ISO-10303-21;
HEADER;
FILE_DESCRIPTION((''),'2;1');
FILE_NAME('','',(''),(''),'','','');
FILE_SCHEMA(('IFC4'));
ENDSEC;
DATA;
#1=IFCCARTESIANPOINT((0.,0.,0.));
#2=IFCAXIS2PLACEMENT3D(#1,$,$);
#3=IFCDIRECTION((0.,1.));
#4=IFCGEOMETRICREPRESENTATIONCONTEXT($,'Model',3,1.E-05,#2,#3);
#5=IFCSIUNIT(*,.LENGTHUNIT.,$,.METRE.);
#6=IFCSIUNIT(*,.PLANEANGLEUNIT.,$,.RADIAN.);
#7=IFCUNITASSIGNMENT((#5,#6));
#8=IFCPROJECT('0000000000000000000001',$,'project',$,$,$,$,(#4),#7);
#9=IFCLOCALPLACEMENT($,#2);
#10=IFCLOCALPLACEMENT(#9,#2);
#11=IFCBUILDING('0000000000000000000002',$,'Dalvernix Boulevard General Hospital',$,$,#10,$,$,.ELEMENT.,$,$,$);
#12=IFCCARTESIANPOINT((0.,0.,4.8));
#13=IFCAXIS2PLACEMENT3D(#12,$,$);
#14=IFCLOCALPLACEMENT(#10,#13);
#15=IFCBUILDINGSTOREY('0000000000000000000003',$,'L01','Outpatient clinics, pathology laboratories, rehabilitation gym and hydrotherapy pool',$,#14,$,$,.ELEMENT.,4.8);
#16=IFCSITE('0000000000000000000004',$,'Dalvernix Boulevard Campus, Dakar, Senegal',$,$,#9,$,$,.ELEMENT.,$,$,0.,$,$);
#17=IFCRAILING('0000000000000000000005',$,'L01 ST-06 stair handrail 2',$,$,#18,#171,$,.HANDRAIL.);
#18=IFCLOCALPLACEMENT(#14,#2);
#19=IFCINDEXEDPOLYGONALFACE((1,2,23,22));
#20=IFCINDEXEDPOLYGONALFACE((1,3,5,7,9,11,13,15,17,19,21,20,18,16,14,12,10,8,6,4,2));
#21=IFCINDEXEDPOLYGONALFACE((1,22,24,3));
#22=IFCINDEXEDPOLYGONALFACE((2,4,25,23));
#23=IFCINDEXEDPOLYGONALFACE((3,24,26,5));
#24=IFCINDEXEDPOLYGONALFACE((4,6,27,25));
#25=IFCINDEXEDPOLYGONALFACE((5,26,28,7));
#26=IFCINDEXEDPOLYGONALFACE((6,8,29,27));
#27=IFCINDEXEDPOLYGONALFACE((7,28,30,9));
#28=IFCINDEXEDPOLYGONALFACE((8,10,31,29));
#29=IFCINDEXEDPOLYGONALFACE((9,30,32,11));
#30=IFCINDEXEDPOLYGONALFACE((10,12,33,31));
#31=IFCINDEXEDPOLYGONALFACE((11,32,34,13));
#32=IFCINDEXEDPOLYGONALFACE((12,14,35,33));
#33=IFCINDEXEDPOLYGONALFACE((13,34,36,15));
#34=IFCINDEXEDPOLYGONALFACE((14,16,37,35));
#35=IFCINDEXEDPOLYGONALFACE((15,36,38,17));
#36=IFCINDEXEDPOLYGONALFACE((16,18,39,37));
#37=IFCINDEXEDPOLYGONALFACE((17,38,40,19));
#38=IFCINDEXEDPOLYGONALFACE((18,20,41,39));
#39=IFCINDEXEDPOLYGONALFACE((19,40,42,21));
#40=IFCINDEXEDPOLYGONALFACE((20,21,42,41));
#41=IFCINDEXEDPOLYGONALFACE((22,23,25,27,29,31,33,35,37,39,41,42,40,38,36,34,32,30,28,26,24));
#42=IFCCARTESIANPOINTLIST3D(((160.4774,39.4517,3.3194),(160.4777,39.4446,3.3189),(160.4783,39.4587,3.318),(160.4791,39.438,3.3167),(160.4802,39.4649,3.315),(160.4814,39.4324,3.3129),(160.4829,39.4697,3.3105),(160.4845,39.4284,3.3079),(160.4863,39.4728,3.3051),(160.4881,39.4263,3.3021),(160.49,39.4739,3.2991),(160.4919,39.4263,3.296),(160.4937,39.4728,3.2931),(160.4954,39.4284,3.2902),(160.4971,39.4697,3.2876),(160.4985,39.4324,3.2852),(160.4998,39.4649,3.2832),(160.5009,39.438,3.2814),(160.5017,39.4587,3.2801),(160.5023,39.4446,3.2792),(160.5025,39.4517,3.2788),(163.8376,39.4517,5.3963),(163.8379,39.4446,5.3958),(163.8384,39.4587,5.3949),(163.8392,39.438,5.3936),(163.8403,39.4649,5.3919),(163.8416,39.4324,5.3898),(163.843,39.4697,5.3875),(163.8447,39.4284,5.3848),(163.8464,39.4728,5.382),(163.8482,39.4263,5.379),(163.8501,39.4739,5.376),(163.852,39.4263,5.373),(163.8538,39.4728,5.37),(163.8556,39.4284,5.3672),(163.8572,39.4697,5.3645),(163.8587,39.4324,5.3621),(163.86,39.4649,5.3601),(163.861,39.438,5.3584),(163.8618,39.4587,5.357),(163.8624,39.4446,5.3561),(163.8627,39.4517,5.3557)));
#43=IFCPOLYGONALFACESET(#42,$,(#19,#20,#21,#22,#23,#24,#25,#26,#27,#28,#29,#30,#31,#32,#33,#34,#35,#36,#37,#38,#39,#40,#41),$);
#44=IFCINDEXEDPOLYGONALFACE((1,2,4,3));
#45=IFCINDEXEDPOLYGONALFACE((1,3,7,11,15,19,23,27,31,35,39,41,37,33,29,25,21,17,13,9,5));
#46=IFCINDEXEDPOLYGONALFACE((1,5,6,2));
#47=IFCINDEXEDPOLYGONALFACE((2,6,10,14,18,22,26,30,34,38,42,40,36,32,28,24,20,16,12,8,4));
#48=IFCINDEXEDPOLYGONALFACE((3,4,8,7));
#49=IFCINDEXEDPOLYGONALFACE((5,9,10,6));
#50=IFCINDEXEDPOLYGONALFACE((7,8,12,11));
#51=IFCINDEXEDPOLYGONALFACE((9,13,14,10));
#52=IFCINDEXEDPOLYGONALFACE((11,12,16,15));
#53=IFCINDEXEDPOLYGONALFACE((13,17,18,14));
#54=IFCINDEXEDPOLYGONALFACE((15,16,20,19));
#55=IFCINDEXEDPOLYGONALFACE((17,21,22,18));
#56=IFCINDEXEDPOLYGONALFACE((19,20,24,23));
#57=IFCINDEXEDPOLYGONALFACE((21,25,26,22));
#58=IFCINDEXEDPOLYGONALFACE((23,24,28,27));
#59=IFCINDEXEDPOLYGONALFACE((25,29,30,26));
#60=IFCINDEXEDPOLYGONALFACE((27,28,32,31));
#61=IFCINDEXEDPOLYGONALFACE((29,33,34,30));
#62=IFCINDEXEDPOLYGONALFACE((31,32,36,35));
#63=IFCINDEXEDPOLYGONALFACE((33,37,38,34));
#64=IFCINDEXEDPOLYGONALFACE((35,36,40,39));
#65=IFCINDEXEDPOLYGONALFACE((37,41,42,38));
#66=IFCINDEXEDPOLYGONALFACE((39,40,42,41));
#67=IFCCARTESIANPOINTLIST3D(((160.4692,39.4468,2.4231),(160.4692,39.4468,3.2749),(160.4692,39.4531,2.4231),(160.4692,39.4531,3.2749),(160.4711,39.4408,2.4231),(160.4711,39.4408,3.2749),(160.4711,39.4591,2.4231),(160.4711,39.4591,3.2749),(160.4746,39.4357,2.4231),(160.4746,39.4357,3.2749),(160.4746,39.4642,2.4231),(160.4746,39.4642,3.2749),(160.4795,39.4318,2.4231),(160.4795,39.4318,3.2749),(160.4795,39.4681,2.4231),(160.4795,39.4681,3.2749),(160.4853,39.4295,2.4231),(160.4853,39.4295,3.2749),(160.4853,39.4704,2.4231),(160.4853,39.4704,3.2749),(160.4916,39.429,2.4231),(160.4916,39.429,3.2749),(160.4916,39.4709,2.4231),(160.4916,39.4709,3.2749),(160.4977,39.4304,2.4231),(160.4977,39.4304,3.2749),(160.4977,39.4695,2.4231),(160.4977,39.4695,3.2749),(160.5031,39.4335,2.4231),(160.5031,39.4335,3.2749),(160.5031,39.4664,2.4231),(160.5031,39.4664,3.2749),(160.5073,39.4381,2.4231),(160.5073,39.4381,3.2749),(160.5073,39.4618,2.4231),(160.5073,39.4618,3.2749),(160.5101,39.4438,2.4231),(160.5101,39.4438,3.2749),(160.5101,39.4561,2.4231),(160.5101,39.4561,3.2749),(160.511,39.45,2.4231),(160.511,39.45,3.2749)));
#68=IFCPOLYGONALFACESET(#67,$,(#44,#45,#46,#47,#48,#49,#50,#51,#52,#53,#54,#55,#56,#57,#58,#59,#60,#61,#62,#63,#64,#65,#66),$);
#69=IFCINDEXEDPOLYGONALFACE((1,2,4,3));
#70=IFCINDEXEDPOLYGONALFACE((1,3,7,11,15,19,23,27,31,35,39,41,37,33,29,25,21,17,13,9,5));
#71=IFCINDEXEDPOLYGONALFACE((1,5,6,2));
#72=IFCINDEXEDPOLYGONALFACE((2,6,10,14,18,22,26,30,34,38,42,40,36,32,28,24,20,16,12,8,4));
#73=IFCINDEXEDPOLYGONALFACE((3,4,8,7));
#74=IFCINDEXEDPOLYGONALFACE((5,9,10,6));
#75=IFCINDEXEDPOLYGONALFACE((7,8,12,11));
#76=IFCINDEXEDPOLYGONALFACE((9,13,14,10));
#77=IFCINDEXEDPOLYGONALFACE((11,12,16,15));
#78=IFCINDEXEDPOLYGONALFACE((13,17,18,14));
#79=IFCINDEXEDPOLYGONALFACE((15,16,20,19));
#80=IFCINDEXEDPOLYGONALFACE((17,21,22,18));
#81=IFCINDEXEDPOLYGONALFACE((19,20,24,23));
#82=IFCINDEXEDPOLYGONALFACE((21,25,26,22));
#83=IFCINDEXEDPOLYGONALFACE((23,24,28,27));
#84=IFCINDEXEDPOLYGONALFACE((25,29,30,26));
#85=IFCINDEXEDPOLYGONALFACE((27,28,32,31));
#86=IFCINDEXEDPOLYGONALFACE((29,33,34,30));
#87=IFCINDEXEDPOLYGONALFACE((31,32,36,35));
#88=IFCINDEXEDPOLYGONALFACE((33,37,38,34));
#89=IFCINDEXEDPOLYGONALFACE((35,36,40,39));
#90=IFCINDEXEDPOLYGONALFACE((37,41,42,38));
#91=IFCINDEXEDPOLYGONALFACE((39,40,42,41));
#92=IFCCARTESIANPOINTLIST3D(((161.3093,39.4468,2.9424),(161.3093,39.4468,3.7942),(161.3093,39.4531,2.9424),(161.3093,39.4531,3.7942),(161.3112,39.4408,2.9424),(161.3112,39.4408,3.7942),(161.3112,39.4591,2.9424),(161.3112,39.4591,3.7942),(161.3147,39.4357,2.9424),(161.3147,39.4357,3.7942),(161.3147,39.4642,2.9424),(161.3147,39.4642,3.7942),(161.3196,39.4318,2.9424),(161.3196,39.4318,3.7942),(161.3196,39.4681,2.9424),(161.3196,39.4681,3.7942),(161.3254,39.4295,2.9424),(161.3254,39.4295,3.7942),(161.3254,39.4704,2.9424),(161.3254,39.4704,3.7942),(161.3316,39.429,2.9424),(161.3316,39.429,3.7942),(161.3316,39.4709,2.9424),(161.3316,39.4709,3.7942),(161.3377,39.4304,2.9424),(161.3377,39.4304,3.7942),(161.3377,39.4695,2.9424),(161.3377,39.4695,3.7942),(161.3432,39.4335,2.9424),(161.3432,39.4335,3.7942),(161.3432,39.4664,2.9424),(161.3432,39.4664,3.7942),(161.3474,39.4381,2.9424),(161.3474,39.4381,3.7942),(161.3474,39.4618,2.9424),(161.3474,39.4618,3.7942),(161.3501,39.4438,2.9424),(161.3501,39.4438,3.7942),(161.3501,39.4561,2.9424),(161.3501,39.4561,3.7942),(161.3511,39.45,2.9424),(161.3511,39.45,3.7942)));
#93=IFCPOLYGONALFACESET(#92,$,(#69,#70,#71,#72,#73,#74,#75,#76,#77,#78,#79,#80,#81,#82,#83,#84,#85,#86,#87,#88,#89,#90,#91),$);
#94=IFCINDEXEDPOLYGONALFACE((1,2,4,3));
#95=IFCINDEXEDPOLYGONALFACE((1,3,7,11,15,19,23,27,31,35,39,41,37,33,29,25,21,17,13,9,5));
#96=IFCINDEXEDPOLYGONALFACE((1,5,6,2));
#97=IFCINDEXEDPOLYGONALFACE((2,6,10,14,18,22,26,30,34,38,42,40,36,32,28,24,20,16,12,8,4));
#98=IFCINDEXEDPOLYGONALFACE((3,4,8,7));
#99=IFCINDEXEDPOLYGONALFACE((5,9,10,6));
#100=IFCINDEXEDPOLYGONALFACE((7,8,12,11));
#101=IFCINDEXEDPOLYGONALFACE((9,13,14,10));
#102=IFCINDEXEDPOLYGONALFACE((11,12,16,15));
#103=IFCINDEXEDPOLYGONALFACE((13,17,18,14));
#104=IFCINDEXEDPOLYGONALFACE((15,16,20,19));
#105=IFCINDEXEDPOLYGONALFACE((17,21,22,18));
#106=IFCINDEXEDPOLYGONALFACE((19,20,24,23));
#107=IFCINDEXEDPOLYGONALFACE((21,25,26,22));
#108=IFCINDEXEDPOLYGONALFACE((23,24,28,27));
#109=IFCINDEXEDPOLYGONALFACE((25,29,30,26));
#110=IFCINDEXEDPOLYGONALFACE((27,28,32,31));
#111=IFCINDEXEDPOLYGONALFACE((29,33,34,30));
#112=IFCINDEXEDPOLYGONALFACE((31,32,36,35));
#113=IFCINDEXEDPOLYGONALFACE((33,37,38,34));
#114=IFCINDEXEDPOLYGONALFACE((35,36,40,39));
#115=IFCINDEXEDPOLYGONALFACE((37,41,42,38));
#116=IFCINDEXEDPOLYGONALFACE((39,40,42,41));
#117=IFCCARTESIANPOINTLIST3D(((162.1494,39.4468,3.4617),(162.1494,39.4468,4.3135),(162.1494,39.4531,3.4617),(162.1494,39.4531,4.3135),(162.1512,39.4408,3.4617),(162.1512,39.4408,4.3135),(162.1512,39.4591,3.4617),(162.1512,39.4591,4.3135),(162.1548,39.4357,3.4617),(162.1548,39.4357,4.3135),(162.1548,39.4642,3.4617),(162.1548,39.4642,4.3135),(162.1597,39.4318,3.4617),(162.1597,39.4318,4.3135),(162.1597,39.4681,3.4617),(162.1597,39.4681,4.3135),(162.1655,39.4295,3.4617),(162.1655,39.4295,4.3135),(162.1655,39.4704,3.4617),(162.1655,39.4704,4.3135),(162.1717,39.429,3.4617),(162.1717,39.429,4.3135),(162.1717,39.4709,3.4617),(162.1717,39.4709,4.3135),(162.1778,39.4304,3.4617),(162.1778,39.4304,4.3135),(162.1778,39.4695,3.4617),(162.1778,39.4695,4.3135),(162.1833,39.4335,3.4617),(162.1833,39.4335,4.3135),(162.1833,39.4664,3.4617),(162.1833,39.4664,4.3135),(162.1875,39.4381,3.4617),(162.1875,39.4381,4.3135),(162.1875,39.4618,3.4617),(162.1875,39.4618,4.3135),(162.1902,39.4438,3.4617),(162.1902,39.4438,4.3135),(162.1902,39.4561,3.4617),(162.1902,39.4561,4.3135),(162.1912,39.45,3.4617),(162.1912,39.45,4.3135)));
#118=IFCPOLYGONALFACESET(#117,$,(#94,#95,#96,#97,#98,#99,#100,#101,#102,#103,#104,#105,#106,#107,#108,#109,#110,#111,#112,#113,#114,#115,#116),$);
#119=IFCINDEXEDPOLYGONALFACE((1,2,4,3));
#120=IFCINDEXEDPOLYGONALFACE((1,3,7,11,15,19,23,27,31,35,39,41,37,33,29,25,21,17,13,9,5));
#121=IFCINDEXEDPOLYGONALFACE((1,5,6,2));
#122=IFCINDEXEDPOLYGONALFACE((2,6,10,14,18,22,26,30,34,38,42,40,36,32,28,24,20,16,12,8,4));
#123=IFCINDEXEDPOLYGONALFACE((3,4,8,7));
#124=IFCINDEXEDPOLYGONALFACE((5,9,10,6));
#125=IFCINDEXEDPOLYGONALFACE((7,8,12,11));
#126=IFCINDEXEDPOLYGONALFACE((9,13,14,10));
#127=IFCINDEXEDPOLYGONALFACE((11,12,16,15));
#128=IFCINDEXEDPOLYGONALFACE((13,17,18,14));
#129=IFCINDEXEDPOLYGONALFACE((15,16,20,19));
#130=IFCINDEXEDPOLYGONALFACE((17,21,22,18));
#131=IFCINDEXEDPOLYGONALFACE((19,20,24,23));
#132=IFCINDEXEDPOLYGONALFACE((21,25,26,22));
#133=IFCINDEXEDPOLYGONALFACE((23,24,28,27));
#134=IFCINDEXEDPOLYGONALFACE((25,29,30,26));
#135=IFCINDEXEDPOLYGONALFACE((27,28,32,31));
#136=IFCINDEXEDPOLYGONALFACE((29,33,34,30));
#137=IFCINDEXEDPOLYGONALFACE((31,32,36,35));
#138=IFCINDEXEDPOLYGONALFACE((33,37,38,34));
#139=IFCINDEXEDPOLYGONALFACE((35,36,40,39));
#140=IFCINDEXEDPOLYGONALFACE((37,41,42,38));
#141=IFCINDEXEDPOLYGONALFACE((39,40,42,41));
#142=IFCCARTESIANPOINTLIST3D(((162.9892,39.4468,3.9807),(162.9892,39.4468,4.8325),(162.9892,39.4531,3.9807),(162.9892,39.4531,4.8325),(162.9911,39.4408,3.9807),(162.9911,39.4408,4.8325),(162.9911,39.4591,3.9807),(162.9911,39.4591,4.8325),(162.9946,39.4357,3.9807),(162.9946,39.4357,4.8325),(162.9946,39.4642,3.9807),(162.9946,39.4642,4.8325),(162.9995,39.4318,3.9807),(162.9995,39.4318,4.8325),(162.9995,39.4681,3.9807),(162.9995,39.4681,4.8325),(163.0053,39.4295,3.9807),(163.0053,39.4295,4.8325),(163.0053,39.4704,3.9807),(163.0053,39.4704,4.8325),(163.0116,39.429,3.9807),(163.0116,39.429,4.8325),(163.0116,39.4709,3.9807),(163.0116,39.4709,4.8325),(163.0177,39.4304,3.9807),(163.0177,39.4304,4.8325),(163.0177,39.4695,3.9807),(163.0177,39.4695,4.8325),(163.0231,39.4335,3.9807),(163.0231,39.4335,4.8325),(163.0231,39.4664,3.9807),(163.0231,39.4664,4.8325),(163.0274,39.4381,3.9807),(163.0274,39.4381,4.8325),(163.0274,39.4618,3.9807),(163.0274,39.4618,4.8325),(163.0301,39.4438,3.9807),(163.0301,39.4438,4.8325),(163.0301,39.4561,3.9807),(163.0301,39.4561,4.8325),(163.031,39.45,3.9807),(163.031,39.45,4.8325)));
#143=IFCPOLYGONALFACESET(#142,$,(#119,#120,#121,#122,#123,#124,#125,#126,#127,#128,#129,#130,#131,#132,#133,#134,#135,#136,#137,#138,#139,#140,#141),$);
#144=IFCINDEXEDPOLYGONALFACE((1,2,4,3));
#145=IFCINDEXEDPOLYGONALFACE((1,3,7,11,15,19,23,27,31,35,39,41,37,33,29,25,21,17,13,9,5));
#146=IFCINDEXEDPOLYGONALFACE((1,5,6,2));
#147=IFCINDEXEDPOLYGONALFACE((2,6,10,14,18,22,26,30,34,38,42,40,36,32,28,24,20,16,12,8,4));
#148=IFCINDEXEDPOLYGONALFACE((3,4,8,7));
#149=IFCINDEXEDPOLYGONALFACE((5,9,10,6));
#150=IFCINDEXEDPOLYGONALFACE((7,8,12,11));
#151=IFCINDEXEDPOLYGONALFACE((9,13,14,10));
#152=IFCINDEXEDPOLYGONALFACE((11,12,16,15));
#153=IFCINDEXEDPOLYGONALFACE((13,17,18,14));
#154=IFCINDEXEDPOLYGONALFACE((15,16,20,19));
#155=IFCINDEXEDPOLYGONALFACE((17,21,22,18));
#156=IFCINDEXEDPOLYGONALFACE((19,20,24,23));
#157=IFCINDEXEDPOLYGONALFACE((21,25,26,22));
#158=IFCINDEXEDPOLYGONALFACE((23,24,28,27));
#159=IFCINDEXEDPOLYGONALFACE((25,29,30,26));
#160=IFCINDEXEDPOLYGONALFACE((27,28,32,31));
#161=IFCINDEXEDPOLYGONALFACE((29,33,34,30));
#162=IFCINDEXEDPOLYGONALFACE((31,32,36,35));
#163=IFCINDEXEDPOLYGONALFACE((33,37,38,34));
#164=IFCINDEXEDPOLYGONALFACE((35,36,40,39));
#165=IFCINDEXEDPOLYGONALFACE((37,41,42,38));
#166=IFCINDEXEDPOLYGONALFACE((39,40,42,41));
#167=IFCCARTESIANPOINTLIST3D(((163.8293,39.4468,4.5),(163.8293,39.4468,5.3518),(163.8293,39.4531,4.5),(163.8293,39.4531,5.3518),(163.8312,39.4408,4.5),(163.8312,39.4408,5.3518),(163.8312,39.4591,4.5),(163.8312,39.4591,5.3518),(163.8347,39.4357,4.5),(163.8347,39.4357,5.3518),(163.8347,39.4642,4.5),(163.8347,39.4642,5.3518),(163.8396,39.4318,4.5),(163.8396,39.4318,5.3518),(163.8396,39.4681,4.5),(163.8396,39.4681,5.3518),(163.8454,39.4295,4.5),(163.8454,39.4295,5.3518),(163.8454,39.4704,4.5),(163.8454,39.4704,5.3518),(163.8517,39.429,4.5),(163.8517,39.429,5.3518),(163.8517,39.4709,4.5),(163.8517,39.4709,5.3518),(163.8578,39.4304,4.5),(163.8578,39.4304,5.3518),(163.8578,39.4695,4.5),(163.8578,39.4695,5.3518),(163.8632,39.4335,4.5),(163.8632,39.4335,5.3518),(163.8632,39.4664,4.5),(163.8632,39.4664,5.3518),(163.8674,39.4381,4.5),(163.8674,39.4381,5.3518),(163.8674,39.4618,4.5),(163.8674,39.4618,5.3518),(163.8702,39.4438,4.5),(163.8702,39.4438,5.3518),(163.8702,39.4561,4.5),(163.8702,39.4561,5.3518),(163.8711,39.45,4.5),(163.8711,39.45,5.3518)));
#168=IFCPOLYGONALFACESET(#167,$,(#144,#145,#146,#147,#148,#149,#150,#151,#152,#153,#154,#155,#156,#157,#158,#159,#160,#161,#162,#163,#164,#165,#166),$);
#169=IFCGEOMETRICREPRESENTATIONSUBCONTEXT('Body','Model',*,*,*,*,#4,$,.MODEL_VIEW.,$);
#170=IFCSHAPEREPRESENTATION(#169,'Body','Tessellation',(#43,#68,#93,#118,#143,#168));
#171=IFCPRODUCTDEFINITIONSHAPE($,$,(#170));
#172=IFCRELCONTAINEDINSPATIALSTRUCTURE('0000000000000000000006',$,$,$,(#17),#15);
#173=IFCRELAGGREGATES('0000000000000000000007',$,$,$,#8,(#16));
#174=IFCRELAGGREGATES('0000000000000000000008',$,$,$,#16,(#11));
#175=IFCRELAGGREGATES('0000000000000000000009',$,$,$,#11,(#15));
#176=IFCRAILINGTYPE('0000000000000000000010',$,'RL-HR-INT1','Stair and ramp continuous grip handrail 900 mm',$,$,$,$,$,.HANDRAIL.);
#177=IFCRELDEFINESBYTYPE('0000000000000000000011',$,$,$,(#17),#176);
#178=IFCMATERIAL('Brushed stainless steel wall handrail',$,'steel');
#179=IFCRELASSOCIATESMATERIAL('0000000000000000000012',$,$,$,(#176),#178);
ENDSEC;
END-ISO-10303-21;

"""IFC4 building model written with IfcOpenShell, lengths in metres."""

from ifc_helpers import new_model, si_unit, direction, frame, origin, origin_2d, place, context, subcontext, project, spatial, circle, extrude, material, type_object, element, save


model = new_model("IFC4")

# Units and contexts
model_context = context("Model", 3, precision=1e-05, world=origin(), true_north=direction((0.0, 1.0)))
body_context = subcontext(model_context, "Body", "Model", "MODEL_VIEW")
ifc_project = project(units=[si_unit("LENGTHUNIT", "METRE"), si_unit("PLANEANGLEUNIT", "RADIAN")], contexts=[model_context])

# Site, building, storey
site_placement = place(None, origin())
site = spatial("IfcSite", under=ifc_project, at=site_placement, Name="Dalvernix Boulevard Campus, Dakar, Senegal", CompositionType="ELEMENT", RefElevation=0.0)
building_placement = place(site_placement, origin())
building = spatial("IfcBuilding", under=site, at=building_placement, Name="Dalvernix Boulevard General Hospital", CompositionType="ELEMENT")
storey_placement = place(building_placement, frame((0.0, 0.0, 4.8)))
storey = spatial("IfcBuildingStorey", under=building, at=storey_placement, Name="L01", Description="Outpatient clinics, pathology laboratories, rehabilitation gym and hydrotherapy pool", CompositionType="ELEMENT", Elevation=4.8)

# Railing
ifc_material_1 = material(Name="Brushed stainless steel wall handrail", Category="steel")
railing_type_1 = type_object("IfcRailingType", Name="RL-HR-INT1", Description="Stair and ramp continuous grip handrail 900 mm", PredefinedType="HANDRAIL", material=ifc_material_1)
railing_1_placement = place(storey_placement, frame((160.49, 39.45, 2.4231)))
element("IfcRailing", 1, at=railing_1_placement, inside=storey, type_object=railing_type_1, Name="L01 ST-06 stair handrail 2", PredefinedType="HANDRAIL", context=body_context, shape_type="SweptSolid", body=[
    extrude(circle(Radius=0.0239, at=origin_2d()), frame((0.0, 0.0, 0.876), z_axis=(0.850623, 0.0, 0.525776), x_axis=(0.0, 1.0, 0.0)), (0.0, 0.0, 1.0), 3.9502),
    extrude(circle(Radius=0.021, at=origin_2d()), origin(), (0.0, 0.0, 1.0), 0.8518),
    extrude(circle(Radius=0.021, at=origin_2d()), frame((0.8401, 0.0, 0.5193)), (0.0, 0.0, 1.0), 0.8518),
    extrude(circle(Radius=0.021, at=origin_2d()), frame((1.6802, 0.0, 1.0386)), (0.0, 0.0, 1.0), 0.8518),
    extrude(circle(Radius=0.021, at=origin_2d()), frame((2.52, 0.0, 1.5576)), (0.0, 0.0, 1.0), 0.8518),
    extrude(circle(Radius=0.021, at=origin_2d()), frame((3.3601, 0.0, 2.0769)), (0.0, 0.0, 1.0), 0.8518),
])

save(model, "model.ifc")
